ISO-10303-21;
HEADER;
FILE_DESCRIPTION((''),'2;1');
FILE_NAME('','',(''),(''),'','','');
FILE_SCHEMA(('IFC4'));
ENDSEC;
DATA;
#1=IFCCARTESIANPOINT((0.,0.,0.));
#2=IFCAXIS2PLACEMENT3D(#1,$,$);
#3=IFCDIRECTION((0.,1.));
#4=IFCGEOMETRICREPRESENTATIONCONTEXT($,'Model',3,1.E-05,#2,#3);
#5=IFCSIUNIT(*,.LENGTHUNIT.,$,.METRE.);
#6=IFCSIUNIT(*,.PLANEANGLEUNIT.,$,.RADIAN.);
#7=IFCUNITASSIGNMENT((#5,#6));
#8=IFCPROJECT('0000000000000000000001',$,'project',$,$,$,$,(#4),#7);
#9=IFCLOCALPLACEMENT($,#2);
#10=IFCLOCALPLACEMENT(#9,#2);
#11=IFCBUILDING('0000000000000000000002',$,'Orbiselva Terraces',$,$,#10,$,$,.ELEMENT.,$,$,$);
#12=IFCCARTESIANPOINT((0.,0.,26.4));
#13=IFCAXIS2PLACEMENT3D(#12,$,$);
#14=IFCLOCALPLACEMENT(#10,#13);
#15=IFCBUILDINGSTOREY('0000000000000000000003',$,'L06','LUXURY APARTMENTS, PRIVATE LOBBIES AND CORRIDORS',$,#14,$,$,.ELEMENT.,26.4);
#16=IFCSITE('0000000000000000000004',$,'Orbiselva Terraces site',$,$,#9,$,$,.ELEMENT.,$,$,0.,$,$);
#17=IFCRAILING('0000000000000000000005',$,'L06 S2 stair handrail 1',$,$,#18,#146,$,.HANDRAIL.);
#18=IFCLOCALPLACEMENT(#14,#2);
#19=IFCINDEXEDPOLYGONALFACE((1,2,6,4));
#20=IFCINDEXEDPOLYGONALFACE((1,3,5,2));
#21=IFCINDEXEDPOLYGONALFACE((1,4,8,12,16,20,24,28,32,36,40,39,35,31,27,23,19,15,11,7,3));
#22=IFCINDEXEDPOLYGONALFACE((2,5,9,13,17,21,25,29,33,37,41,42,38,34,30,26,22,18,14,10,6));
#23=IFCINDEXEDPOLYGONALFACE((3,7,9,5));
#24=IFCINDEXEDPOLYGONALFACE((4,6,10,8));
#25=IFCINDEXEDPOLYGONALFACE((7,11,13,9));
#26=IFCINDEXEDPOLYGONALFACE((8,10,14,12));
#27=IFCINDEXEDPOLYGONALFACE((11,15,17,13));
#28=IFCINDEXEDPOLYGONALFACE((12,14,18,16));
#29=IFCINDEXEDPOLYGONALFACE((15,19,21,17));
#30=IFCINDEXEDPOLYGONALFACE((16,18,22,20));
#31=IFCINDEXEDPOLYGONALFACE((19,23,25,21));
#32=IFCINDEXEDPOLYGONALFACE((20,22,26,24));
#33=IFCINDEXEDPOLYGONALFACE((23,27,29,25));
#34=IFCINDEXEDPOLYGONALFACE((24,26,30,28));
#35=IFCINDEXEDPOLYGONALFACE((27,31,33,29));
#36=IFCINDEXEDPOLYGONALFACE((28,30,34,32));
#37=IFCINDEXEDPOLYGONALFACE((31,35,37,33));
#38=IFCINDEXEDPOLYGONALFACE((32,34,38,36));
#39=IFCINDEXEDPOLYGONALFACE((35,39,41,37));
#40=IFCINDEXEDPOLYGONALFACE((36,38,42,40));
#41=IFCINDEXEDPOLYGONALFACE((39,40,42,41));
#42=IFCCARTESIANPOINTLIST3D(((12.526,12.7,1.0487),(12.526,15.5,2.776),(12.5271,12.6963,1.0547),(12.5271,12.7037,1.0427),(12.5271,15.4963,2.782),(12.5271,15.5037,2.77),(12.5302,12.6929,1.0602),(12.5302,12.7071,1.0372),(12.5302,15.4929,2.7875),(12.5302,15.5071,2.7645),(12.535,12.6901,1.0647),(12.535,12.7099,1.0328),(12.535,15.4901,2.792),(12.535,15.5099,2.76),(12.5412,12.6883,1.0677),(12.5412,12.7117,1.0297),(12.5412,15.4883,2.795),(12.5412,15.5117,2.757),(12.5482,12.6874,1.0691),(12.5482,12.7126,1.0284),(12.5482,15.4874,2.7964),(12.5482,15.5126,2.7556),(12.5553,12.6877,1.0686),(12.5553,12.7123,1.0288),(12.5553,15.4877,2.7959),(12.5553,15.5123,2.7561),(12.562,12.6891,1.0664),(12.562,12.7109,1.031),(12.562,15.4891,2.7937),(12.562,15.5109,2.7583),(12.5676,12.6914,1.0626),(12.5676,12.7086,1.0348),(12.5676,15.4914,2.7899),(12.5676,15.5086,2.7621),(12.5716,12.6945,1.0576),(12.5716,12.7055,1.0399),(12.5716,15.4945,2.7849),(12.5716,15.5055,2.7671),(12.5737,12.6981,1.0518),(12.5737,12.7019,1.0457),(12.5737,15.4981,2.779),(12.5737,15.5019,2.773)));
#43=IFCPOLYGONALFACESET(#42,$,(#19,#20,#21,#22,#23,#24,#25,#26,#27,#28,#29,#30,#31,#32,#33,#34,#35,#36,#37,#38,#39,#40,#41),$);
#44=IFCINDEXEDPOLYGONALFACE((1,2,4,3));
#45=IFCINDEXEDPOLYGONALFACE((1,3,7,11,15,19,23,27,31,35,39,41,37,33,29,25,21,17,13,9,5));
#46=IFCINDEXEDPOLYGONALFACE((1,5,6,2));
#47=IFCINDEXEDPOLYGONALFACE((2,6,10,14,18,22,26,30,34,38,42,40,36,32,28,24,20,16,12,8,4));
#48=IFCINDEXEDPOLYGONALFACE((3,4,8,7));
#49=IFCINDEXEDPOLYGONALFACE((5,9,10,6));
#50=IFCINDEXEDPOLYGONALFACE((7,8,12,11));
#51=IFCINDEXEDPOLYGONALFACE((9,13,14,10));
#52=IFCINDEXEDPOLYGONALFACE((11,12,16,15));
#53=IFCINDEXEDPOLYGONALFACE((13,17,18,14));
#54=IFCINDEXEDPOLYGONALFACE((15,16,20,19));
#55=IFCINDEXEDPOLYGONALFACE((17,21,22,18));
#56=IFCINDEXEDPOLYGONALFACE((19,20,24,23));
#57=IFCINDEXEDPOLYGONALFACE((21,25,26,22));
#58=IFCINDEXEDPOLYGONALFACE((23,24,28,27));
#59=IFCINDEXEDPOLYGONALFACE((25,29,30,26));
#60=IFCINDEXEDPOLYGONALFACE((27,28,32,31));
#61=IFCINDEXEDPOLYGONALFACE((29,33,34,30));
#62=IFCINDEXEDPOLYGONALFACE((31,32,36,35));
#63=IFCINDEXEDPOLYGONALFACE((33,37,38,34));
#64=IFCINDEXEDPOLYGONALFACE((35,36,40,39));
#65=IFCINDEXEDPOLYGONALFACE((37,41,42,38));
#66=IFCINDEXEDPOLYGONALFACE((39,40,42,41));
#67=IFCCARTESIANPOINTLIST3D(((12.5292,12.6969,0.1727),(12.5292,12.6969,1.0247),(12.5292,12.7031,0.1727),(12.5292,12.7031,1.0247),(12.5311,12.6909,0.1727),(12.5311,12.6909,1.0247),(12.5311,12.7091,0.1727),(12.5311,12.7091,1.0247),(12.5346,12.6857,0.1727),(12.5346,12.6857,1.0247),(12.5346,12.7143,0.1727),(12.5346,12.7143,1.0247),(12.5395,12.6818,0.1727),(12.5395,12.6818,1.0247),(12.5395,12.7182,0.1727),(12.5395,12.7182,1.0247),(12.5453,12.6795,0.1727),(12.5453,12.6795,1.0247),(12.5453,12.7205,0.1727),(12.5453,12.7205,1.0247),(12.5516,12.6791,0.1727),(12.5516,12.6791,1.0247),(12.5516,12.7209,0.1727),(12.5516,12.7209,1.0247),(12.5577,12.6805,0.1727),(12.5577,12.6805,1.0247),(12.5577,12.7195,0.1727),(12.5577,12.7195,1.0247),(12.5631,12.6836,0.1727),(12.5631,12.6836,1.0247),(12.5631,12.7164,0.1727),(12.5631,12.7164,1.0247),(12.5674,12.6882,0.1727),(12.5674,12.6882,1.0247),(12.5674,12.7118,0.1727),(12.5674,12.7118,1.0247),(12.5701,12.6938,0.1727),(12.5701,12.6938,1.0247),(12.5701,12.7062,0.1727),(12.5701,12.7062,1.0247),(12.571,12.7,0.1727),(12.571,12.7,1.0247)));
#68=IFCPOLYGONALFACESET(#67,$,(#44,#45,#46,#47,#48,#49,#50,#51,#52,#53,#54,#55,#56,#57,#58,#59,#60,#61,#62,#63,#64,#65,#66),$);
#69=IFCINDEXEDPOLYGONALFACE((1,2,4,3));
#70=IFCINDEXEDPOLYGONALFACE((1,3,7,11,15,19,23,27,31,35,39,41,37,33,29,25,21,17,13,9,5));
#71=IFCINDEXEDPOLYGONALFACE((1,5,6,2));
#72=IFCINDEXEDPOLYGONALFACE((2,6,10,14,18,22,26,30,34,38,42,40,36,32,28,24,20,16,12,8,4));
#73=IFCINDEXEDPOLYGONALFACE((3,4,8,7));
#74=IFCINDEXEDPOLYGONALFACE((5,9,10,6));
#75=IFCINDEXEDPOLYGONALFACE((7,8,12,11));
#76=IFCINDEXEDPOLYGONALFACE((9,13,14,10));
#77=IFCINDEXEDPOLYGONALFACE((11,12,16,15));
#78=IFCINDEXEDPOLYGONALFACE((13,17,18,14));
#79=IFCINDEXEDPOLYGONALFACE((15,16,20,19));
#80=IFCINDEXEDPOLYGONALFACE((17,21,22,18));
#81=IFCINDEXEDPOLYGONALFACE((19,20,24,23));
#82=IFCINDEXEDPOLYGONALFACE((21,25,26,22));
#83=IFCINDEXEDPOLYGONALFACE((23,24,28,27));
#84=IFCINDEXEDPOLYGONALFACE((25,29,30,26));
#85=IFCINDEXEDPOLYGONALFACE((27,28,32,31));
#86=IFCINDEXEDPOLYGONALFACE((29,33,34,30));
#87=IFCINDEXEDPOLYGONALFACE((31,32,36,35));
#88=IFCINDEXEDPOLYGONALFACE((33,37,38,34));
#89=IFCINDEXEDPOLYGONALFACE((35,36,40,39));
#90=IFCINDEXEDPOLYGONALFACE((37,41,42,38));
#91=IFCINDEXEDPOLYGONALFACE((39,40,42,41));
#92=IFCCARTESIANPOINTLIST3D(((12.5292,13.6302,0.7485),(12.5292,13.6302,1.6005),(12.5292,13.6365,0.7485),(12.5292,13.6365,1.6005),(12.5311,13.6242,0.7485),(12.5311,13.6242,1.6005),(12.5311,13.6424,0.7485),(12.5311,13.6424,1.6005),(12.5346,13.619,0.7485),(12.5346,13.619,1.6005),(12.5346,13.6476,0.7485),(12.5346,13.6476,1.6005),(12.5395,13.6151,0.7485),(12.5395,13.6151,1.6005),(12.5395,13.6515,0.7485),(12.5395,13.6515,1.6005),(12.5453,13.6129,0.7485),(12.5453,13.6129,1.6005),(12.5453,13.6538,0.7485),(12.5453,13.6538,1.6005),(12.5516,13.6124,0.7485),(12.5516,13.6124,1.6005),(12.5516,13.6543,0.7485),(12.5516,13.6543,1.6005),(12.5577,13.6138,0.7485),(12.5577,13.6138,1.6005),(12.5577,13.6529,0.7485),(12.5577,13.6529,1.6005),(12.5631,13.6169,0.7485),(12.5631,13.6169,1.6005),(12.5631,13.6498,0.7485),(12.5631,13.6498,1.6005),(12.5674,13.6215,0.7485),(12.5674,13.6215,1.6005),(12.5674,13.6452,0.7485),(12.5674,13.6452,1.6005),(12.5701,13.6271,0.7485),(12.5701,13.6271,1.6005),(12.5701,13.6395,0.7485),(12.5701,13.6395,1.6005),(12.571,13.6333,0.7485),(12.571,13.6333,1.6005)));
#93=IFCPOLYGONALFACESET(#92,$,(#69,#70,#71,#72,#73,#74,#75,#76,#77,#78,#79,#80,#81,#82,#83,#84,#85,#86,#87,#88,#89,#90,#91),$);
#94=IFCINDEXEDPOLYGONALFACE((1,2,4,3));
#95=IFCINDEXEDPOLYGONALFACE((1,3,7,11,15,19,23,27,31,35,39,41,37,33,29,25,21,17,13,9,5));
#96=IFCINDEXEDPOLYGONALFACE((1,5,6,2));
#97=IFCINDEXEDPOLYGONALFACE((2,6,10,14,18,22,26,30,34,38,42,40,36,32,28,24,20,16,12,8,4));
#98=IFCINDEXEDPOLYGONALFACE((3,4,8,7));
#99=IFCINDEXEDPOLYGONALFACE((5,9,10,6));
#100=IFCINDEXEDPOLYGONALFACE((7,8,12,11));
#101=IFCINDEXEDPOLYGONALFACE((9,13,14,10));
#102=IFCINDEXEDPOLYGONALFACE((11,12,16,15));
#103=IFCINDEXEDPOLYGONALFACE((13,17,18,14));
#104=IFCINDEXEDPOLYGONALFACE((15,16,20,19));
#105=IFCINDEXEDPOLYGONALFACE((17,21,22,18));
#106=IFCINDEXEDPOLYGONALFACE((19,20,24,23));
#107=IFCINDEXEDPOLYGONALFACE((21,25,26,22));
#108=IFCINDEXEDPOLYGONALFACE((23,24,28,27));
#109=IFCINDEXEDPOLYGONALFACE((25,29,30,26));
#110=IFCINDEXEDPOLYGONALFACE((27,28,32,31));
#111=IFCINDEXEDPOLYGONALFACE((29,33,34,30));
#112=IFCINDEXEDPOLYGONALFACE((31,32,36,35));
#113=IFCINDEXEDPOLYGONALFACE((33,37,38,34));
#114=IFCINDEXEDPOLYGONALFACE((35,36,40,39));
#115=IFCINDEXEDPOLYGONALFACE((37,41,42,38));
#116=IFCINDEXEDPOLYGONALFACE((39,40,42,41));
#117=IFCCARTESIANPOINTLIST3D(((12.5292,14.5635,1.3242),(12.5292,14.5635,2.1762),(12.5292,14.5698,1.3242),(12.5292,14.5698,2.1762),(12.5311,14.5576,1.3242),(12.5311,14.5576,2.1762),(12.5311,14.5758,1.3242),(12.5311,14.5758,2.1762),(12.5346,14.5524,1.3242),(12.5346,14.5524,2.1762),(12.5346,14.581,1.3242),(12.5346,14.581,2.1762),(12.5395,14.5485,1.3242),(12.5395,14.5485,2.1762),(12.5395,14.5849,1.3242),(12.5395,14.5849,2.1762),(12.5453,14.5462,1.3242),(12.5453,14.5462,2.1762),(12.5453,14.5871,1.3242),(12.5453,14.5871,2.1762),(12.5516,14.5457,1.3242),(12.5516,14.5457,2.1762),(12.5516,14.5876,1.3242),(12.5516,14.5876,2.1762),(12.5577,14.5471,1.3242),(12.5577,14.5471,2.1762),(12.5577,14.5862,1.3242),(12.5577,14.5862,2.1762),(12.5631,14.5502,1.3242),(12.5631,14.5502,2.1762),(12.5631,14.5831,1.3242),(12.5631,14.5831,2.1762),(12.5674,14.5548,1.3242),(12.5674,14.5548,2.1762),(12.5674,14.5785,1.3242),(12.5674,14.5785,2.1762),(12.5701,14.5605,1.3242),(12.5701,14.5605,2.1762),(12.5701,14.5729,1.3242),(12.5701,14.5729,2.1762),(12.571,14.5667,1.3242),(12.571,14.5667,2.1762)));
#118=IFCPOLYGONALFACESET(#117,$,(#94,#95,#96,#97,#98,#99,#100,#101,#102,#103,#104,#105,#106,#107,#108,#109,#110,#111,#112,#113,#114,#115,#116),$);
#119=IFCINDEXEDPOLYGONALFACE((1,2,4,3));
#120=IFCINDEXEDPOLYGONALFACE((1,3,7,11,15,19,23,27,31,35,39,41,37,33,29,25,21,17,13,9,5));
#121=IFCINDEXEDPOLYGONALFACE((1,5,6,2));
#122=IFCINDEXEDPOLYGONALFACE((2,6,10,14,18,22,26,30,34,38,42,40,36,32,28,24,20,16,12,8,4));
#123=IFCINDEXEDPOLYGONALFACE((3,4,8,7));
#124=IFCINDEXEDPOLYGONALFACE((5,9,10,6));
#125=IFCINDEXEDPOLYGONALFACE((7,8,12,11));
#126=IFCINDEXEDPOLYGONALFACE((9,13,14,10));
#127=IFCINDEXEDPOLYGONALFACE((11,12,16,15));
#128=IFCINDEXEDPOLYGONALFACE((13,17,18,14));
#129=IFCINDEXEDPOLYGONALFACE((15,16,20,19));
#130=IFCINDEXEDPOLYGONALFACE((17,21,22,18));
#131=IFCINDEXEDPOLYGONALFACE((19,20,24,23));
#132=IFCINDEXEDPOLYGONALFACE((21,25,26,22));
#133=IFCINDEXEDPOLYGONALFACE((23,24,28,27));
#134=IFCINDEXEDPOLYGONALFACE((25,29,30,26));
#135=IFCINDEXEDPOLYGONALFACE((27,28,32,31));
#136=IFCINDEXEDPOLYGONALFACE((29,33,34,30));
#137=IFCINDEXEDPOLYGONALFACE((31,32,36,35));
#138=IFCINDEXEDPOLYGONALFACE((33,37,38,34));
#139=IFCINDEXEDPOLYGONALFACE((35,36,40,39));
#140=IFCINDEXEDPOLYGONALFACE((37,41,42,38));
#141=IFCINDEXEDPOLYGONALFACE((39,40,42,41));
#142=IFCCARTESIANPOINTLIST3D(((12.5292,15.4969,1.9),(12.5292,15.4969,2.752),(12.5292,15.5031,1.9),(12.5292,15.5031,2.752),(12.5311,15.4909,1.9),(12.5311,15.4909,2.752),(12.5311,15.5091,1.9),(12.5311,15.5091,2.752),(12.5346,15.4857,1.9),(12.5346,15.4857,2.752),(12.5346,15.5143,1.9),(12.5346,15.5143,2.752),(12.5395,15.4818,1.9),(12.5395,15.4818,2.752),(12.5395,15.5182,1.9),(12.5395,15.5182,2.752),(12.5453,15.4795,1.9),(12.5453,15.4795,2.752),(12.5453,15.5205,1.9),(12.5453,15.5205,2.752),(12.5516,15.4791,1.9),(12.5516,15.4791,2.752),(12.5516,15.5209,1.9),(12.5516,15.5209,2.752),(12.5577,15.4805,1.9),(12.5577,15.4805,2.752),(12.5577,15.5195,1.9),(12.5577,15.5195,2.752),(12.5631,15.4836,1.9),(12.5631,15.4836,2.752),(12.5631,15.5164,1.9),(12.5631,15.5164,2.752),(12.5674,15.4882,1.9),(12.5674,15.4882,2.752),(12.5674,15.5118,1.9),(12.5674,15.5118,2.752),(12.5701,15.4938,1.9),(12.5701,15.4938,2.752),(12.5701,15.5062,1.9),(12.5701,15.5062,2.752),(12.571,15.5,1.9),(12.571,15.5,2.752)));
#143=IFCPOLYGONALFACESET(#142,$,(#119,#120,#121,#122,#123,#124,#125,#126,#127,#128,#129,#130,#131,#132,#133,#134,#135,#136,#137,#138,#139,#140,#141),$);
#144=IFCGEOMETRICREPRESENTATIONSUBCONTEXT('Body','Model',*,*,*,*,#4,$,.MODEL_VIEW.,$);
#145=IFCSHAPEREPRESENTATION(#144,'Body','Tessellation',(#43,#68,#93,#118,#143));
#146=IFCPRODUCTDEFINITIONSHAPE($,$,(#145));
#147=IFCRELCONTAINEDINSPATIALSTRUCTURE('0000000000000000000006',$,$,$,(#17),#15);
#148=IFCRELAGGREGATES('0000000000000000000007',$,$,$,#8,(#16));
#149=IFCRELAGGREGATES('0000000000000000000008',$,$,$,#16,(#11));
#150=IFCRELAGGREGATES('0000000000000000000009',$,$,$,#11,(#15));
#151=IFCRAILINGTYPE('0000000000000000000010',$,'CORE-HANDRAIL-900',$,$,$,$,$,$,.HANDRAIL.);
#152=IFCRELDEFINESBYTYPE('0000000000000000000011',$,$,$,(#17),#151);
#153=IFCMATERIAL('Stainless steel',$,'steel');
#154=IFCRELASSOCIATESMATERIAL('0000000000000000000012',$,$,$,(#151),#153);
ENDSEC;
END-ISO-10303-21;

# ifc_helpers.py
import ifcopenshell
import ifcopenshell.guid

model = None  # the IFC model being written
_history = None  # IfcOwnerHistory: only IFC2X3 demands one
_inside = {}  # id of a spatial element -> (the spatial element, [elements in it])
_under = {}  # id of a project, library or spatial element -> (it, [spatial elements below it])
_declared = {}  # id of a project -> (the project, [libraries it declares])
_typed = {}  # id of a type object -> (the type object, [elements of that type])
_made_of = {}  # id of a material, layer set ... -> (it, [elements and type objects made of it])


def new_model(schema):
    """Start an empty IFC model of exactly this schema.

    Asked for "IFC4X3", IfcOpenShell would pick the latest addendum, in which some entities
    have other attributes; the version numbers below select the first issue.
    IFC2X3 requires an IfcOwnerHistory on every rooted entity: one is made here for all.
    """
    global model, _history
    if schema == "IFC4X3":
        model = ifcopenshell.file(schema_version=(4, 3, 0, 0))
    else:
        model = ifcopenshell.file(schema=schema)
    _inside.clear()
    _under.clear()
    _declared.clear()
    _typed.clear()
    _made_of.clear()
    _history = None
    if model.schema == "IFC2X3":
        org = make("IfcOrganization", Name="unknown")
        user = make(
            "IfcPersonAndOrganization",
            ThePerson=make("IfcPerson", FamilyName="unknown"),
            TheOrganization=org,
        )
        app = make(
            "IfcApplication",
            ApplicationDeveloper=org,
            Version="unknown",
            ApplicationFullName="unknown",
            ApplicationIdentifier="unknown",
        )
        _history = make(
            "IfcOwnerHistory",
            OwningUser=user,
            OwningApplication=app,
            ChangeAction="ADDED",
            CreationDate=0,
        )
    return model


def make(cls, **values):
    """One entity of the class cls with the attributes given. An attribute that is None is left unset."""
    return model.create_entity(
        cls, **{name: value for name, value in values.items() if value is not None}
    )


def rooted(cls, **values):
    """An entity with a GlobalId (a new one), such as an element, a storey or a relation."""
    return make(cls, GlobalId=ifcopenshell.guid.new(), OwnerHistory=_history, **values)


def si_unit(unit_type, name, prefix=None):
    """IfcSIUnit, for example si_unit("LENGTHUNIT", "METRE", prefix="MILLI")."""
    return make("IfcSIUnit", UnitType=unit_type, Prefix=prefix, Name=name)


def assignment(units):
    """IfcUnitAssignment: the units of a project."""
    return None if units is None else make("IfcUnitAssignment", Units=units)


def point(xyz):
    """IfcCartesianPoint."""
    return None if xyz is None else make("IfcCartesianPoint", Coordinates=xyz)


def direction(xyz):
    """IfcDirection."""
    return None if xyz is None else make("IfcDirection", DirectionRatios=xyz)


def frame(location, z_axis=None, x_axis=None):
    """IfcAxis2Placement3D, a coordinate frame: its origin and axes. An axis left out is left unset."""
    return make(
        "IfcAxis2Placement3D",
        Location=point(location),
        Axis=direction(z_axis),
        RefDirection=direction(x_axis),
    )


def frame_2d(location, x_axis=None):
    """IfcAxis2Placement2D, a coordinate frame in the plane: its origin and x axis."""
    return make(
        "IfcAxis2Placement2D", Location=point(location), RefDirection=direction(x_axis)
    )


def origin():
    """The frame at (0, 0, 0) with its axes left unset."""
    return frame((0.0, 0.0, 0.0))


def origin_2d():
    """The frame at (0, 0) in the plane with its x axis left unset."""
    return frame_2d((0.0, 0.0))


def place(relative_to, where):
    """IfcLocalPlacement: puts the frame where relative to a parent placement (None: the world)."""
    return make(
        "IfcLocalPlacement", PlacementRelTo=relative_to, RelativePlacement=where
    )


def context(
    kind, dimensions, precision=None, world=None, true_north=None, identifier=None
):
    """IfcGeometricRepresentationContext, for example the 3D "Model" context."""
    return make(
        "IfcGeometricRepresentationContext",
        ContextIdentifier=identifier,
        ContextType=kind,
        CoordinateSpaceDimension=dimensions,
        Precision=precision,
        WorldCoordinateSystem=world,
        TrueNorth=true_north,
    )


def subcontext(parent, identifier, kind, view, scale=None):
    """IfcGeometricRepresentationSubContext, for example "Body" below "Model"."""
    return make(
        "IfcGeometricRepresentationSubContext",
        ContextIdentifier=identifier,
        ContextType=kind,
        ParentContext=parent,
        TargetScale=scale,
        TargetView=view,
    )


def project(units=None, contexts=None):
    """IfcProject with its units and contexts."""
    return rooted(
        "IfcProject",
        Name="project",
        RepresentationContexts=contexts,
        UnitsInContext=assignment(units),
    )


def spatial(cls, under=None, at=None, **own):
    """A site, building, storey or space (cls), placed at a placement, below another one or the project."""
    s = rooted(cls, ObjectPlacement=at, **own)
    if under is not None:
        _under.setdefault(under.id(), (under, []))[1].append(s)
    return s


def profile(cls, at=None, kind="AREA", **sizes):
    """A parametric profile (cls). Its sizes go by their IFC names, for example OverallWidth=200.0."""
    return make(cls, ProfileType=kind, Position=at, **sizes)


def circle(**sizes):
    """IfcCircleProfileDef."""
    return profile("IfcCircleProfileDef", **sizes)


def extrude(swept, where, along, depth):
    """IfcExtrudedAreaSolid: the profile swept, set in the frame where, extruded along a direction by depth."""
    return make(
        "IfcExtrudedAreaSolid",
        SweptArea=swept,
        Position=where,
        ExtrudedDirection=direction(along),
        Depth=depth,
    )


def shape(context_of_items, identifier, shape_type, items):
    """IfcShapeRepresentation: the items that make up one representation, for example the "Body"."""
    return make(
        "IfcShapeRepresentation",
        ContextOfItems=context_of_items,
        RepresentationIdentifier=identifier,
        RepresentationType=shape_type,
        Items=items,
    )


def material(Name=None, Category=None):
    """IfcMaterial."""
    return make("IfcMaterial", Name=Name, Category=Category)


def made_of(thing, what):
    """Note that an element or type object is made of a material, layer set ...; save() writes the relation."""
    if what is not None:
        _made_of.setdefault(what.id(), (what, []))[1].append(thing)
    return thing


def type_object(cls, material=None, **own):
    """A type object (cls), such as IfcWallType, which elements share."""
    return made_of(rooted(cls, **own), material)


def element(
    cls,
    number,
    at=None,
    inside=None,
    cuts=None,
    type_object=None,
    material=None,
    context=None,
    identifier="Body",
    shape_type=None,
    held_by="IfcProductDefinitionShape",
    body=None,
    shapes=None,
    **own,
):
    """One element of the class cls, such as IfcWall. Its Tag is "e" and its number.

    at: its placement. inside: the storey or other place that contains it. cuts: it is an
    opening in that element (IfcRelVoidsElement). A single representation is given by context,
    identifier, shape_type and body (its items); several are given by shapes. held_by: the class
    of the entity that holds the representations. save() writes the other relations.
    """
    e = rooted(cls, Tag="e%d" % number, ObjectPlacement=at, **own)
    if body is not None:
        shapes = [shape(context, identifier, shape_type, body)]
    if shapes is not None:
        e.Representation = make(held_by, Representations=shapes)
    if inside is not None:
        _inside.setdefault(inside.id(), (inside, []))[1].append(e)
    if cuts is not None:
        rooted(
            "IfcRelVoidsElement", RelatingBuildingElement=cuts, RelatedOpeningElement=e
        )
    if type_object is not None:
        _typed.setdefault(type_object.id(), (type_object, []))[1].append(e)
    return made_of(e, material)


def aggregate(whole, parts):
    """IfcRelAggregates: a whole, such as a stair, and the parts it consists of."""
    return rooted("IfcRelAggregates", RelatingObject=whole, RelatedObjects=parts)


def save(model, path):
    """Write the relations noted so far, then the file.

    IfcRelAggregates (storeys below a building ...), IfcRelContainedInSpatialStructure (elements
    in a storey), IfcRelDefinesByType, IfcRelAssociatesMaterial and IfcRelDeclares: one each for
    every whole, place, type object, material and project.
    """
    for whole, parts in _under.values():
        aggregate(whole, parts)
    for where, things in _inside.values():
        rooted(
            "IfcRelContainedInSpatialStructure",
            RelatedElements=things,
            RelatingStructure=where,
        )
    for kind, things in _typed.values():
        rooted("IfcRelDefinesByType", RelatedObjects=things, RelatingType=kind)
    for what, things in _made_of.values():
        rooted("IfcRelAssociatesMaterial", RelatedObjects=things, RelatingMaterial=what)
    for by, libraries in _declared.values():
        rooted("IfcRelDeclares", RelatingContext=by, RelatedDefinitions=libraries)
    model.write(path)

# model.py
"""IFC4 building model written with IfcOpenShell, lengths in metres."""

from ifc_helpers import new_model, si_unit, direction, frame, origin, origin_2d, place, context, subcontext, project, spatial, circle, extrude, material, type_object, element, save


model = new_model("IFC4")

# Units and contexts
model_context = context("Model", 3, precision=1e-05, world=origin(), true_north=direction((0.0, 1.0)))
body_context = subcontext(model_context, "Body", "Model", "MODEL_VIEW")
ifc_project = project(units=[si_unit("LENGTHUNIT", "METRE"), si_unit("PLANEANGLEUNIT", "RADIAN")], contexts=[model_context])

# Site, building, storey
site_placement = place(None, origin())
site = spatial("IfcSite", under=ifc_project, at=site_placement, Name="Orbiselva Terraces site", CompositionType="ELEMENT", RefElevation=0.0)
building_placement = place(site_placement, origin())
building = spatial("IfcBuilding", under=site, at=building_placement, Name="Orbiselva Terraces", CompositionType="ELEMENT")
storey_placement = place(building_placement, frame((0.0, 0.0, 26.4)))
storey = spatial("IfcBuildingStorey", under=building, at=storey_placement, Name="L06", Description="LUXURY APARTMENTS, PRIVATE LOBBIES AND CORRIDORS", CompositionType="ELEMENT", Elevation=26.4)

# Railing
ifc_material_1 = material(Name="Stainless steel", Category="steel")
railing_type = type_object("IfcRailingType", Name="CORE-HANDRAIL-900", PredefinedType="HANDRAIL", material=ifc_material_1)
railing_placement = place(storey_placement, frame((12.55, 12.7, 0.1727)))
element("IfcRailing", 1, at=railing_placement, inside=storey, type_object=railing_type, Name="L06 S2 stair handrail 1", PredefinedType="HANDRAIL", context=body_context, shape_type="SweptSolid", body=[
    extrude(circle(Radius=0.024, at=origin_2d()), frame((0.0, 0.0, 0.876), z_axis=(0.0, 0.851089, 0.525022), x_axis=(-1.0, 0.0, 0.0)), (0.0, 0.0, 1.0), 3.2899),
    extrude(circle(Radius=0.021, at=origin_2d()), origin(), (0.0, 0.0, 1.0), 0.852),
    extrude(circle(Radius=0.021, at=origin_2d()), frame((0.0, 0.9333, 0.5758)), (0.0, 0.0, 1.0), 0.852),
    extrude(circle(Radius=0.021, at=origin_2d()), frame((0.0, 1.8667, 1.1515)), (0.0, 0.0, 1.0), 0.852),
    extrude(circle(Radius=0.021, at=origin_2d()), frame((0.0, 2.8, 1.7273)), (0.0, 0.0, 1.0), 0.852),
])

save(model, "model.ifc")
